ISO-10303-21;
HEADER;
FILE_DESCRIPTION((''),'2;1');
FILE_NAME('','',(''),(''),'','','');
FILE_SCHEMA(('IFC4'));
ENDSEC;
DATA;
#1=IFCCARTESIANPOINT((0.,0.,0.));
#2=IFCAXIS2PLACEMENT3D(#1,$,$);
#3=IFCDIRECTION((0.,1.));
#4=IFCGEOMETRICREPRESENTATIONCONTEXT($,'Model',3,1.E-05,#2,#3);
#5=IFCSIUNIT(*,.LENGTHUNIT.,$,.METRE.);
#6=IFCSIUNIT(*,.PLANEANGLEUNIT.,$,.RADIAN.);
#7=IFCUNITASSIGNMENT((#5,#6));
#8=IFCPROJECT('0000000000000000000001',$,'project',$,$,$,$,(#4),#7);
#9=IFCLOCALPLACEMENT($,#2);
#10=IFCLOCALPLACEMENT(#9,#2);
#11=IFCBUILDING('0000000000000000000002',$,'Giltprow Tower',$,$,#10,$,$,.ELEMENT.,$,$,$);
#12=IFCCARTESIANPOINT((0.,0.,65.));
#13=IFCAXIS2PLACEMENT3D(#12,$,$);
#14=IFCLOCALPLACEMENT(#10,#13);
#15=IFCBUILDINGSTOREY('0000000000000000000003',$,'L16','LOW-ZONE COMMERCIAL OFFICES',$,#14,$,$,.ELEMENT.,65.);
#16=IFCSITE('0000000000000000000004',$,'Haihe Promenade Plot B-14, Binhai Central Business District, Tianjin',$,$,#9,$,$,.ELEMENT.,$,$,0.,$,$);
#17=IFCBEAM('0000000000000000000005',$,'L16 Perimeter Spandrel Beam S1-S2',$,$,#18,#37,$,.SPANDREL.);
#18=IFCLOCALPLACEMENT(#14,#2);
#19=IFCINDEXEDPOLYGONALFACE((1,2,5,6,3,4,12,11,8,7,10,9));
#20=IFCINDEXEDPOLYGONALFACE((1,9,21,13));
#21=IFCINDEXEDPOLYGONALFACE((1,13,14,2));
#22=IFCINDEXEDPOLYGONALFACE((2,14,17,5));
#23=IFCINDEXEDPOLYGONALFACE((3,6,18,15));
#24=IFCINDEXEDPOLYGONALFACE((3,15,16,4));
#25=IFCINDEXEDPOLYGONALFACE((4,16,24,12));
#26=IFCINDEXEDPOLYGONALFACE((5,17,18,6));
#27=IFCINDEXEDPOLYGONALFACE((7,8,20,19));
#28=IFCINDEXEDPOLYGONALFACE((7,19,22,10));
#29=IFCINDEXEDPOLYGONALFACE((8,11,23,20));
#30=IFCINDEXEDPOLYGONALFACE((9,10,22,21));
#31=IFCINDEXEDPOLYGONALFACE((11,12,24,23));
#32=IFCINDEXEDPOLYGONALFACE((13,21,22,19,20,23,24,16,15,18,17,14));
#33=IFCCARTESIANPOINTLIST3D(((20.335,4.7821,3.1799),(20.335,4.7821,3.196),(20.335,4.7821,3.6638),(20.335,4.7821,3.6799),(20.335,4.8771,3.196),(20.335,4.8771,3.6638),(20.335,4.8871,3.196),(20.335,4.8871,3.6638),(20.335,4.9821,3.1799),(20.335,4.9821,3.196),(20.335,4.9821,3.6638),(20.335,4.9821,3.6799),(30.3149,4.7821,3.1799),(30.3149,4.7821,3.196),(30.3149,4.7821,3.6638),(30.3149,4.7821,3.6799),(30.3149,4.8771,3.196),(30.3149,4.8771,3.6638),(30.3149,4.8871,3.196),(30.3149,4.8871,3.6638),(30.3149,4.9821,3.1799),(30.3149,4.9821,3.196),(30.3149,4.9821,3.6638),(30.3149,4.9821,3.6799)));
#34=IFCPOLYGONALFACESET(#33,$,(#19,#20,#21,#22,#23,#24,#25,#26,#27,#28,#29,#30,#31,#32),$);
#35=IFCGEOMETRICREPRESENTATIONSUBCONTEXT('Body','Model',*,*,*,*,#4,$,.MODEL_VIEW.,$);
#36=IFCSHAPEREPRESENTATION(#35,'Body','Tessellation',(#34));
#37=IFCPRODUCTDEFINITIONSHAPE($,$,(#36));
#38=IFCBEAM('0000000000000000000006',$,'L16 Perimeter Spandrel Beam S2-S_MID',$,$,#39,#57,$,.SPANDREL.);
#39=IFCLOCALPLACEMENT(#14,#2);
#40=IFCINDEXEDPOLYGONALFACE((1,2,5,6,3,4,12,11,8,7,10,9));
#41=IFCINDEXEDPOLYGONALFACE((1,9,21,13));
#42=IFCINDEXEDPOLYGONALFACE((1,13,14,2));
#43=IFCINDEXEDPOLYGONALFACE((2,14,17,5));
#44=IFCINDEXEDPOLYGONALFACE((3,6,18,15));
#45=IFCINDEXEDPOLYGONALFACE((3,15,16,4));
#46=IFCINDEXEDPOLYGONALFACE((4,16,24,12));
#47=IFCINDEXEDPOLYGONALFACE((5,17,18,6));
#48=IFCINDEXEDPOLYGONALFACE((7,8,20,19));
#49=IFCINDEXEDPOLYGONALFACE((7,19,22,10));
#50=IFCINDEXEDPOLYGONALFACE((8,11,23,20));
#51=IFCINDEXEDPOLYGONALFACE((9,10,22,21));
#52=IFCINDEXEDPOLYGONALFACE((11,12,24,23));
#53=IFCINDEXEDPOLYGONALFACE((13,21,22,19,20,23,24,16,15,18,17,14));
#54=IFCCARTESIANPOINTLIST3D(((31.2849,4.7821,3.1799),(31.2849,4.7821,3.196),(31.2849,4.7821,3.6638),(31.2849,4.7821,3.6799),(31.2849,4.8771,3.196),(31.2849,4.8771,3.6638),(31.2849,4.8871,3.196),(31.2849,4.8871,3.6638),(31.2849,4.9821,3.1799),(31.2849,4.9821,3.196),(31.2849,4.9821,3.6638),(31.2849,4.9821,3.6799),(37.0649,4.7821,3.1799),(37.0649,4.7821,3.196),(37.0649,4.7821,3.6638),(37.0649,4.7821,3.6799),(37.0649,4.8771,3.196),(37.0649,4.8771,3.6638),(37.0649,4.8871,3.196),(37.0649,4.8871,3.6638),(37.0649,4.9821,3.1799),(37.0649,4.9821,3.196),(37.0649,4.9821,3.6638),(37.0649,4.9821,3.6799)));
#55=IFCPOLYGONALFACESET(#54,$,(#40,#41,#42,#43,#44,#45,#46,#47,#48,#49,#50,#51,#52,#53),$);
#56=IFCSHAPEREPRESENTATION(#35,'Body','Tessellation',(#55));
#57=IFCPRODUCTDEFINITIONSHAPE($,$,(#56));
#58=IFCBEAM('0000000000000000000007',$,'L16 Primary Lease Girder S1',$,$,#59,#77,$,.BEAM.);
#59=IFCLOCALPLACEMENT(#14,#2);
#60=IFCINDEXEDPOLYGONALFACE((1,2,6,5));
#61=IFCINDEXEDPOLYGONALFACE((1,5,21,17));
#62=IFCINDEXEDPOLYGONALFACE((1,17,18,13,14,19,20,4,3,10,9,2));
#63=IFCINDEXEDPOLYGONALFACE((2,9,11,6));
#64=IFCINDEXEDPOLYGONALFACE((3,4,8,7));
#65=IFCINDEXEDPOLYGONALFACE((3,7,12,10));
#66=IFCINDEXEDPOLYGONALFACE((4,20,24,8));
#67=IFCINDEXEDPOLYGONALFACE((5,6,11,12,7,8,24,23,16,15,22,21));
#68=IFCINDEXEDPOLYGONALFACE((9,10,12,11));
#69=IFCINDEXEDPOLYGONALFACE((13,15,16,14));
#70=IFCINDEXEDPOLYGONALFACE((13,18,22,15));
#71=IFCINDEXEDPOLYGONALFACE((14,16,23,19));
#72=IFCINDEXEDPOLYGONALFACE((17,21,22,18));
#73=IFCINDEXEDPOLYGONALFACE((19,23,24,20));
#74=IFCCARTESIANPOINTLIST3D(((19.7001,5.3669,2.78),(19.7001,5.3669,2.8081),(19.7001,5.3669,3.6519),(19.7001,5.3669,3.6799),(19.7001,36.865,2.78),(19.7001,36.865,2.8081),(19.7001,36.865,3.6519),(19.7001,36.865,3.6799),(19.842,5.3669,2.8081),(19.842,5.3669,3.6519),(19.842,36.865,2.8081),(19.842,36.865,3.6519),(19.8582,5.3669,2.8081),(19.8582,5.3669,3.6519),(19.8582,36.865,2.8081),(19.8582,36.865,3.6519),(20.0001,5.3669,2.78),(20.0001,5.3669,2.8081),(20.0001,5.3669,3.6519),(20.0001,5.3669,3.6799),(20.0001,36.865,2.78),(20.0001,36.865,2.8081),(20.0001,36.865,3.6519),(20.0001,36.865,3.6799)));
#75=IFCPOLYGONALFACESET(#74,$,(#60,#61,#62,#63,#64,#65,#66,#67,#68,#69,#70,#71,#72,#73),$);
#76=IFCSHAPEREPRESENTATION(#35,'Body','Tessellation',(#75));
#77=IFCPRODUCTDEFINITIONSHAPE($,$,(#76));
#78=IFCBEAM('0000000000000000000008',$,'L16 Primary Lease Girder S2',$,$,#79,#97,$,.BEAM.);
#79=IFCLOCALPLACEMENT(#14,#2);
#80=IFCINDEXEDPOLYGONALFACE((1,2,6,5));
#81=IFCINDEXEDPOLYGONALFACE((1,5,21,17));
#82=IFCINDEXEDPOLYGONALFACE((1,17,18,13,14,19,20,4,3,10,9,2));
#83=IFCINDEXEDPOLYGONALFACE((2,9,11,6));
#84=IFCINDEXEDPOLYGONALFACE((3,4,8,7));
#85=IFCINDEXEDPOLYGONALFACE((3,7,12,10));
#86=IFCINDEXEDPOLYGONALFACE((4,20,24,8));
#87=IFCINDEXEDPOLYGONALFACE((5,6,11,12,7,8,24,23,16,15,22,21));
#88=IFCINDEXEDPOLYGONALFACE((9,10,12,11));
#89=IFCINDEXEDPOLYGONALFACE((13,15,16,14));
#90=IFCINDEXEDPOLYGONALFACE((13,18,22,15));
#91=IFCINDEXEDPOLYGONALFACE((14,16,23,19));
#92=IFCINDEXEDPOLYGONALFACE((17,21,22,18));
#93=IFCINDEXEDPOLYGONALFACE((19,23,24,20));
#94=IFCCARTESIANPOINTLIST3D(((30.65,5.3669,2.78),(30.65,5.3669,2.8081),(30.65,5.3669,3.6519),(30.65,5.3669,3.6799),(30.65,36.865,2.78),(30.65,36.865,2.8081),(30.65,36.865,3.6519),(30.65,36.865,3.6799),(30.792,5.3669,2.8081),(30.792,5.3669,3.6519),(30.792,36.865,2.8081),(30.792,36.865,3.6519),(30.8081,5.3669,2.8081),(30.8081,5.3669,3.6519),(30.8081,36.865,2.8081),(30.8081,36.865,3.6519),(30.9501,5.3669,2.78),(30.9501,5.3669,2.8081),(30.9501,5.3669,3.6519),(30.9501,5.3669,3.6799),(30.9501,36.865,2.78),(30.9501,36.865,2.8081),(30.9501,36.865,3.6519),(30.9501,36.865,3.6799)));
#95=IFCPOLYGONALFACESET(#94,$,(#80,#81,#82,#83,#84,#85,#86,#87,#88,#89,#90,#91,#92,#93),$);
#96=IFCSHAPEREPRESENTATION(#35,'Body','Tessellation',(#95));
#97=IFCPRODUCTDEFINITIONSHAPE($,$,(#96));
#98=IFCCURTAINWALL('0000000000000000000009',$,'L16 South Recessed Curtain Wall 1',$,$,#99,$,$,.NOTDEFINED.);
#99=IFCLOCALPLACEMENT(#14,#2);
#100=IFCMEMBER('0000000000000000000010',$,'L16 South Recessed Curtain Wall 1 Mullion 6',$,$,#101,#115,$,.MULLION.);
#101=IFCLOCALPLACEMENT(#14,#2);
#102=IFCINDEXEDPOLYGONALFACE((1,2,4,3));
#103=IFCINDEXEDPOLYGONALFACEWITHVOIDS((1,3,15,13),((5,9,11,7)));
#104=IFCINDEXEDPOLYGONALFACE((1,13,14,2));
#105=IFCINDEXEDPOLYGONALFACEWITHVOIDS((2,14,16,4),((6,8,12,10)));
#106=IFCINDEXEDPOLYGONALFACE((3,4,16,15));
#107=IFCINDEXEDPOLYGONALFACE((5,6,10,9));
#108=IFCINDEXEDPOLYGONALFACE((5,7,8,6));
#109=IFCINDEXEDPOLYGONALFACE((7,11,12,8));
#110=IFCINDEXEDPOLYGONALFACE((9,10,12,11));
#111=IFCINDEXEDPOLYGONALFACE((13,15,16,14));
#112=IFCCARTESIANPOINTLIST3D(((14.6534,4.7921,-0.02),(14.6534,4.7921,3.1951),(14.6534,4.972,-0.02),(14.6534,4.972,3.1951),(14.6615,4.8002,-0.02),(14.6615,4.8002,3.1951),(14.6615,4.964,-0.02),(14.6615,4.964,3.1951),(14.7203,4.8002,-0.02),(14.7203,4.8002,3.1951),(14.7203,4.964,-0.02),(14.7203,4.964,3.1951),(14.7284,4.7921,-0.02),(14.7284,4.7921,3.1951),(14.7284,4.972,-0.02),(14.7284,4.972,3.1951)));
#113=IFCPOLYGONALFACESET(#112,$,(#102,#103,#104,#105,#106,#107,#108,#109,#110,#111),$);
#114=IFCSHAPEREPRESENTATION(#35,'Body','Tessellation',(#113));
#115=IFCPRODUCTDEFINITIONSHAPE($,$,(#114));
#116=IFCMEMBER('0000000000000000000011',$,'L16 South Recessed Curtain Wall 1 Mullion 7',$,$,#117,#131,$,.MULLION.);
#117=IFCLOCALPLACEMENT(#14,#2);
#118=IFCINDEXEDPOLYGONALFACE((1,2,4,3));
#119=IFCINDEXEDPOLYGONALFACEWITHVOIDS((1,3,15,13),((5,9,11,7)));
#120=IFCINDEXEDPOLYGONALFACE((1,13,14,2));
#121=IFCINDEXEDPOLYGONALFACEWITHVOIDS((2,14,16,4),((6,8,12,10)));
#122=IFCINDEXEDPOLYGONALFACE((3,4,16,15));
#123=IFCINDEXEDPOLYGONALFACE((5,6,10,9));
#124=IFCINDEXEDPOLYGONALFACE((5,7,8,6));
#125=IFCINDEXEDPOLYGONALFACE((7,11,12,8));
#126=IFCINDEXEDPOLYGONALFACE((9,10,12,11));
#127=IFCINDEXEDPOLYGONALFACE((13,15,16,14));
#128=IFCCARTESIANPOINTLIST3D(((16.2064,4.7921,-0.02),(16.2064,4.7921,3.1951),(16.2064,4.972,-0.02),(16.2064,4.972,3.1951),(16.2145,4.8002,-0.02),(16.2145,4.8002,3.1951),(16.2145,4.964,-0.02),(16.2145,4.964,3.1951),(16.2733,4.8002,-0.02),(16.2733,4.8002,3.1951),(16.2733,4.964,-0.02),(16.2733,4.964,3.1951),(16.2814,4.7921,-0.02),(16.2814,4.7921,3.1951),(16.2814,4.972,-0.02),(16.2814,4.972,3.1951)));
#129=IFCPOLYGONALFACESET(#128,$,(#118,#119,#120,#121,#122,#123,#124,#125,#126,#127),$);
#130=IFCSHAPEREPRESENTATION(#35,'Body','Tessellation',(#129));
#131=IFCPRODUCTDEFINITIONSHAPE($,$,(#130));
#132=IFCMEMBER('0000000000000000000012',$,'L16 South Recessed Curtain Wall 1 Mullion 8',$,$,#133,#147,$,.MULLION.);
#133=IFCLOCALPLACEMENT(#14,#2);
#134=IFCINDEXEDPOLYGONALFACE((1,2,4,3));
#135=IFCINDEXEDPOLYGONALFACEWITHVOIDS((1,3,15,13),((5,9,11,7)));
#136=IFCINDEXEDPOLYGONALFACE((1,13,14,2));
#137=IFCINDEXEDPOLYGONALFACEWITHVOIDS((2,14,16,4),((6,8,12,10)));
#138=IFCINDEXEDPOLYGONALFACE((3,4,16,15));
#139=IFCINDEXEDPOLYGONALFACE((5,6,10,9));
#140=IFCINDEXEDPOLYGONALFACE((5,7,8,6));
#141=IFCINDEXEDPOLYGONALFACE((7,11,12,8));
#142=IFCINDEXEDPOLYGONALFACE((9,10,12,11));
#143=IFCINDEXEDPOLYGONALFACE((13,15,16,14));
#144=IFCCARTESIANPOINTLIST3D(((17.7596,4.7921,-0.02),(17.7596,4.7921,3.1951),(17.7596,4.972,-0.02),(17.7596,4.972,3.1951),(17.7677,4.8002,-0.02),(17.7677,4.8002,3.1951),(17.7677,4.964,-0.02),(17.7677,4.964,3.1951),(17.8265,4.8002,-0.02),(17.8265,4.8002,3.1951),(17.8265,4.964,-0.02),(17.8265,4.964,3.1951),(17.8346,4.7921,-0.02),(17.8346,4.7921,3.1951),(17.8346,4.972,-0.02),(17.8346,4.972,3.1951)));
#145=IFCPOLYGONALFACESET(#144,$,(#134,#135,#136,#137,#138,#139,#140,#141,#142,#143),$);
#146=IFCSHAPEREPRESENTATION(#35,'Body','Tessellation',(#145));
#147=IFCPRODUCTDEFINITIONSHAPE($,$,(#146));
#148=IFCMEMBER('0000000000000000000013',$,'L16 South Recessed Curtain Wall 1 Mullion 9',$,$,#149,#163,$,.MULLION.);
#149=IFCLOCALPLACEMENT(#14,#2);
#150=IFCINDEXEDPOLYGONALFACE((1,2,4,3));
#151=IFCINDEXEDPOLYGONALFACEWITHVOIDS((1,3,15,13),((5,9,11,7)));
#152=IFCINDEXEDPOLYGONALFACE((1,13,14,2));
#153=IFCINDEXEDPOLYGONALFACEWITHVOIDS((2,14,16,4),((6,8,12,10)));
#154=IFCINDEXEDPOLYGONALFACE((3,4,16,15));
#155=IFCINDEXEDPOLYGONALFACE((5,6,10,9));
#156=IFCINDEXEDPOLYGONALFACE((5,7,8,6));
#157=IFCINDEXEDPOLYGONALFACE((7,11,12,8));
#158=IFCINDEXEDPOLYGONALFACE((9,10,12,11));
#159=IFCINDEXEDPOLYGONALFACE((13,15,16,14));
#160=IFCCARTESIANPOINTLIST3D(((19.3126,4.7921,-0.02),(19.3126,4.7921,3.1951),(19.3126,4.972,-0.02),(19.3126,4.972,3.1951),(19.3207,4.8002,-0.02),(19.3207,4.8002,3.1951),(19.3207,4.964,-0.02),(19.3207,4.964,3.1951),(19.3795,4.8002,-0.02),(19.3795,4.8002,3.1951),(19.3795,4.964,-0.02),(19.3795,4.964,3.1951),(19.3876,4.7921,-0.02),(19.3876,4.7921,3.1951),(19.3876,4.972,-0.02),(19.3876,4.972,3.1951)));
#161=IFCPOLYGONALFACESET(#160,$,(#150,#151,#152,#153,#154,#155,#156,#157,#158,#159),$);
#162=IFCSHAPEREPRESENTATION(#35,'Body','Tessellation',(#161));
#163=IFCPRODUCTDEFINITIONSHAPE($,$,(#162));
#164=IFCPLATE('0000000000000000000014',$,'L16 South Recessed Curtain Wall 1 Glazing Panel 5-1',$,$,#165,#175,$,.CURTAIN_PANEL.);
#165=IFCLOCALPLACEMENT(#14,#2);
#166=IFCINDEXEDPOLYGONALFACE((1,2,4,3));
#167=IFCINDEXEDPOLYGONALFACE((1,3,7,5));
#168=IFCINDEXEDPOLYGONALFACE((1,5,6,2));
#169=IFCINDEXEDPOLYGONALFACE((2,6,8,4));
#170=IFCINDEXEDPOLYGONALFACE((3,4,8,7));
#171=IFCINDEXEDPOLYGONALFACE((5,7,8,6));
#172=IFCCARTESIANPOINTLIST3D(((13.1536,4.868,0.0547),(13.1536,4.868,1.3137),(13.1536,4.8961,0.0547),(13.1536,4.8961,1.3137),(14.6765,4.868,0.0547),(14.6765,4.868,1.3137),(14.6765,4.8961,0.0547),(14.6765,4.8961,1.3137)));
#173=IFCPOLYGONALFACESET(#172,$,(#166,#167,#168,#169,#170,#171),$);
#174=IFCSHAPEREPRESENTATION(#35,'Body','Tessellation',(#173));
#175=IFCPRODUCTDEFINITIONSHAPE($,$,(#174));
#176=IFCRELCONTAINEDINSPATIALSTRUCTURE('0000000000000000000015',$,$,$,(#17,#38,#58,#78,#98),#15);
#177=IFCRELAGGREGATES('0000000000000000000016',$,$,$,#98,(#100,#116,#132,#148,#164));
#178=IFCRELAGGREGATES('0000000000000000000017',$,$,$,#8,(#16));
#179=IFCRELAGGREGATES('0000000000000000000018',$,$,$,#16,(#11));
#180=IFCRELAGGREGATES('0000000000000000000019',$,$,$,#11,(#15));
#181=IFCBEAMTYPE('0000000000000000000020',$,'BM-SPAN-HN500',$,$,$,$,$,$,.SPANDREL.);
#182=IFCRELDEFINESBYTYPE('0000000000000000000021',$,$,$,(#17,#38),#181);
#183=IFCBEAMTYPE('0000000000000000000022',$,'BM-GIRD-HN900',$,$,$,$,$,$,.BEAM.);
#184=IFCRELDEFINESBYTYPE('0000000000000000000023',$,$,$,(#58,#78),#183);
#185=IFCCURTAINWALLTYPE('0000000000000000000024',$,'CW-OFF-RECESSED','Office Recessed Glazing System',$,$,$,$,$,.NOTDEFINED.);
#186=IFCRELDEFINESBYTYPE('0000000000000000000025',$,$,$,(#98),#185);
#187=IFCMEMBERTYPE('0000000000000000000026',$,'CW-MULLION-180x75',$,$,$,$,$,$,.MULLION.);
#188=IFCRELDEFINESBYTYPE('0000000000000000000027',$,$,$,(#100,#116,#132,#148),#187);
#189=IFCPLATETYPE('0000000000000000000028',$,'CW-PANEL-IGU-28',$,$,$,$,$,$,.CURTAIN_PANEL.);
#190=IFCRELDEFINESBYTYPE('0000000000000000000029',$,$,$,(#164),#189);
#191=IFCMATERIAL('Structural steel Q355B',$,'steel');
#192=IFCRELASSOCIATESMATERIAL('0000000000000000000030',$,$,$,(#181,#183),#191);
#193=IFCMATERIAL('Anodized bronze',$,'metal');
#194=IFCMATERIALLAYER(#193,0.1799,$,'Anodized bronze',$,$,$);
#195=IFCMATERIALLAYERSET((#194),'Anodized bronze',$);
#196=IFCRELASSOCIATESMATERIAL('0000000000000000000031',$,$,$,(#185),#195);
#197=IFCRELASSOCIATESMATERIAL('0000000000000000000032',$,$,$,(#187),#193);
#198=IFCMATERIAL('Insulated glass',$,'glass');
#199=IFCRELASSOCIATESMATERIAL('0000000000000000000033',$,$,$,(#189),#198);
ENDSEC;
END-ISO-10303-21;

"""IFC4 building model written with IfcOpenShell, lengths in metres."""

from ifc_helpers import new_model, si_unit, direction, frame, origin, origin_2d, place, context, subcontext, project, spatial, rectangle, hollow_rectangle, i_section, extrude, source, transform, mapped, material, layer, layer_set, material_profile, profile_set, type_object, element, aggregate, save


model = new_model("IFC4")

# Units and contexts
model_context = context("Model", 3, precision=1e-05, world=origin(), true_north=direction((0.0, 1.0)))
body_context = subcontext(model_context, "Body", "Model", "MODEL_VIEW")
ifc_project = project(units=[si_unit("LENGTHUNIT", "METRE"), si_unit("PLANEANGLEUNIT", "RADIAN")], contexts=[model_context])

# Site, building, storey
site_placement = place(None, origin())
site = spatial("IfcSite", under=ifc_project, at=site_placement, Name="Haihe Promenade Plot B-14, Binhai Central Business District, Tianjin", CompositionType="ELEMENT", RefElevation=0.0)
building_placement = place(site_placement, origin())
building = spatial("IfcBuilding", under=site, at=building_placement, Name="Giltprow Tower", CompositionType="ELEMENT")
storey_placement = place(building_placement, frame((0.0, 0.0, 65.0)))
storey = spatial("IfcBuildingStorey", under=building, at=storey_placement, Name="L16", Description="LOW-ZONE COMMERCIAL OFFICES", CompositionType="ELEMENT", Elevation=65.0)

# Beams
ifc_material_1 = material(Name="Structural steel Q355B", Category="steel")
ifc_material_profile_1 = material_profile(ifc_material_1, i_section(OverallWidth=0.2, OverallDepth=0.5, WebThickness=0.01, FlangeThickness=0.0161, at=origin_2d()), Name="HN 500x200x10x16")
ifc_profile_set_1 = profile_set([ifc_material_profile_1], Name="Structural steel Q355B")
beam_type_1 = type_object("IfcBeamType", Name="BM-SPAN-HN500", PredefinedType="SPANDREL", material=ifc_profile_set_1)
shared_shape_1 = source(origin(), body_context, "Body", "SweptSolid", [
    extrude(i_section(OverallWidth=0.2, OverallDepth=0.5, WebThickness=0.01, FlangeThickness=0.0161, at=origin_2d()), origin(), (0.0, 0.0, 1.0), 9.98),
])
beam_1_placement = place(storey_placement, frame((20.335, 4.8821, 3.4299), z_axis=(1.0, 0.0, 0.0), x_axis=(0.0, 1.0, 0.0)))
element("IfcBeam", 1, at=beam_1_placement, inside=storey, type_object=beam_type_1, Name="L16 Perimeter Spandrel Beam S1-S2", PredefinedType="SPANDREL", context=body_context, shape_type="MappedRepresentation", body=[
    mapped(shared_shape_1, transform((0.0, 0.0, 0.0), x_axis=(1.0, 0.0, 0.0), y_axis=(0.0, 1.0, 0.0), z_axis=(0.0, 0.0, 1.0), scale=1.0)),
])
shared_shape_2 = source(origin(), body_context, "Body", "SweptSolid", [
    extrude(i_section(OverallWidth=0.2, OverallDepth=0.5, WebThickness=0.01, FlangeThickness=0.0161, at=origin_2d()), origin(), (0.0, 0.0, 1.0), 5.78),
])
beam_2_placement = place(storey_placement, frame((31.2849, 4.8821, 3.4299), z_axis=(1.0, 0.0, 0.0), x_axis=(0.0, 1.0, 0.0)))
element("IfcBeam", 2, at=beam_2_placement, inside=storey, type_object=beam_type_1, Name="L16 Perimeter Spandrel Beam S2-S_MID", PredefinedType="SPANDREL", context=body_context, shape_type="MappedRepresentation", body=[
    mapped(shared_shape_2, transform((0.0, 0.0, 0.0), x_axis=(1.0, 0.0, 0.0), y_axis=(0.0, 1.0, 0.0), z_axis=(0.0, 0.0, 1.0), scale=1.0)),
])
ifc_material_profile_2 = material_profile(ifc_material_1, i_section(OverallWidth=0.3, OverallDepth=0.8999, WebThickness=0.0161, FlangeThickness=0.0281, at=origin_2d()), Name="HN 900x300x16x28")
ifc_profile_set_2 = profile_set([ifc_material_profile_2], Name="Structural steel Q355B")
beam_type_2 = type_object("IfcBeamType", Name="BM-GIRD-HN900", PredefinedType="BEAM", material=ifc_profile_set_2)
shared_shape_3 = source(origin(), body_context, "Body", "SweptSolid", [
    extrude(i_section(OverallWidth=0.3, OverallDepth=0.8999, WebThickness=0.0161, FlangeThickness=0.0281, at=origin_2d()), origin(), (0.0, 0.0, 1.0), 31.498),
])
for number, where, z_axis, x_axis, name in (
    (3, (19.8501, 5.3669, 3.23), (0.0, 1.0, 0.0), (-1.0, 0.0, 0.0), "L16 Primary Lease Girder S1"),
    (4, (30.8, 5.3669, 3.23), (0.0, 1.0, 0.0), (-1.0, 0.0, 0.0), "L16 Primary Lease Girder S2"),
):
    element("IfcBeam", number, at=place(storey_placement, frame(where, z_axis=z_axis, x_axis=x_axis)), inside=storey, type_object=beam_type_2, Name=name, PredefinedType="BEAM", context=body_context, shape_type="MappedRepresentation", body=[
        mapped(shared_shape_3, transform((0.0, 0.0, 0.0), x_axis=(1.0, 0.0, 0.0), y_axis=(0.0, 1.0, 0.0), z_axis=(0.0, 0.0, 1.0), scale=1.0)),
    ])

# Curtain wall, members, plate
ifc_material_2 = material(Name="Anodized bronze", Category="metal")
ifc_layer_1 = layer(ifc_material_2, 0.1799, Name="Anodized bronze")
ifc_layer_set_1 = layer_set([ifc_layer_1], Name="Anodized bronze")
curtain_wall_type = type_object("IfcCurtainWallType", Name="CW-OFF-RECESSED", Description="Office Recessed Glazing System", PredefinedType="NOTDEFINED", material=ifc_layer_set_1)
curtain_wall_placement = place(storey_placement, origin())
curtain_wall = element("IfcCurtainWall", 5, at=curtain_wall_placement, inside=storey, type_object=curtain_wall_type, Name="L16 South Recessed Curtain Wall 1", PredefinedType="NOTDEFINED")
ifc_material_profile_3 = material_profile(ifc_material_2, hollow_rectangle(XDim=0.075, YDim=0.1799, WallThickness=0.0081, at=origin_2d()), Name="RHS 180x75x8")
ifc_profile_set_3 = profile_set([ifc_material_profile_3], Name="Anodized bronze")
member_type = type_object("IfcMemberType", Name="CW-MULLION-180x75", PredefinedType="MULLION", material=ifc_profile_set_3)
shared_shape_4 = source(origin(), body_context, "Body", "SweptSolid", [
    extrude(hollow_rectangle(XDim=0.075, YDim=0.1799, WallThickness=0.0081, at=origin_2d()), origin(), (0.0, 0.0, 1.0), 3.2151),
])
member_1_placement = place(storey_placement, frame((14.6909, 4.8821, -0.02), z_axis=(0.0, 0.0, 1.0), x_axis=(1.0, 0.0, 0.0)))
member_1 = element("IfcMember", 6, at=member_1_placement, type_object=member_type, Name="L16 South Recessed Curtain Wall 1 Mullion 6", PredefinedType="MULLION", context=body_context, shape_type="MappedRepresentation", body=[
    mapped(shared_shape_4, transform((0.0, 0.0, 0.0), x_axis=(1.0, 0.0, 0.0), y_axis=(0.0, 1.0, 0.0), z_axis=(0.0, 0.0, 1.0), scale=1.0)),
])
member_2_placement = place(storey_placement, frame((16.2439, 4.8821, -0.02), z_axis=(0.0, 0.0, 1.0), x_axis=(1.0, 0.0, 0.0)))
member_2 = element("IfcMember", 7, at=member_2_placement, type_object=member_type, Name="L16 South Recessed Curtain Wall 1 Mullion 7", PredefinedType="MULLION", context=body_context, shape_type="MappedRepresentation", body=[
    mapped(shared_shape_4, transform((0.0, 0.0, 0.0), x_axis=(1.0, 0.0, 0.0), y_axis=(0.0, 1.0, 0.0), z_axis=(0.0, 0.0, 1.0), scale=1.0)),
])
member_3_placement = place(storey_placement, frame((17.7971, 4.8821, -0.02), z_axis=(0.0, 0.0, 1.0), x_axis=(1.0, 0.0, 0.0)))
member_3 = element("IfcMember", 8, at=member_3_placement, type_object=member_type, Name="L16 South Recessed Curtain Wall 1 Mullion 8", PredefinedType="MULLION", context=body_context, shape_type="MappedRepresentation", body=[
    mapped(shared_shape_4, transform((0.0, 0.0, 0.0), x_axis=(1.0, 0.0, 0.0), y_axis=(0.0, 1.0, 0.0), z_axis=(0.0, 0.0, 1.0), scale=1.0)),
])
member_4_placement = place(storey_placement, frame((19.3501, 4.8821, -0.02), z_axis=(0.0, 0.0, 1.0), x_axis=(1.0, 0.0, 0.0)))
member_4 = element("IfcMember", 9, at=member_4_placement, type_object=member_type, Name="L16 South Recessed Curtain Wall 1 Mullion 9", PredefinedType="MULLION", context=body_context, shape_type="MappedRepresentation", body=[
    mapped(shared_shape_4, transform((0.0, 0.0, 0.0), x_axis=(1.0, 0.0, 0.0), y_axis=(0.0, 1.0, 0.0), z_axis=(0.0, 0.0, 1.0), scale=1.0)),
])
ifc_material_3 = material(Name="Insulated glass", Category="glass")
plate_type = type_object("IfcPlateType", Name="CW-PANEL-IGU-28", PredefinedType="CURTAIN_PANEL", material=ifc_material_3)
shared_shape_5 = source(origin(), body_context, "Body", "SweptSolid", [
    extrude(rectangle(XDim=1.5229, YDim=0.0281, at=origin_2d()), origin(), (0.0, 0.0, 1.0), 1.259),
])
plate_1_placement = place(storey_placement, frame((13.915, 4.8821, 0.0547), z_axis=(0.0, 0.0, 1.0), x_axis=(1.0, 0.0, 0.0)))
plate_1 = element("IfcPlate", 10, at=plate_1_placement, type_object=plate_type, Name="L16 South Recessed Curtain Wall 1 Glazing Panel 5-1", PredefinedType="CURTAIN_PANEL", context=body_context, shape_type="MappedRepresentation", body=[
    mapped(shared_shape_5, transform((0.0, 0.0, 0.0), x_axis=(1.0, 0.0, 0.0), y_axis=(0.0, 1.0, 0.0), z_axis=(0.0, 0.0, 1.0), scale=1.0)),
])
aggregate(curtain_wall, [member_1, member_2, member_3, member_4, plate_1])

save(model, "model.ifc")
